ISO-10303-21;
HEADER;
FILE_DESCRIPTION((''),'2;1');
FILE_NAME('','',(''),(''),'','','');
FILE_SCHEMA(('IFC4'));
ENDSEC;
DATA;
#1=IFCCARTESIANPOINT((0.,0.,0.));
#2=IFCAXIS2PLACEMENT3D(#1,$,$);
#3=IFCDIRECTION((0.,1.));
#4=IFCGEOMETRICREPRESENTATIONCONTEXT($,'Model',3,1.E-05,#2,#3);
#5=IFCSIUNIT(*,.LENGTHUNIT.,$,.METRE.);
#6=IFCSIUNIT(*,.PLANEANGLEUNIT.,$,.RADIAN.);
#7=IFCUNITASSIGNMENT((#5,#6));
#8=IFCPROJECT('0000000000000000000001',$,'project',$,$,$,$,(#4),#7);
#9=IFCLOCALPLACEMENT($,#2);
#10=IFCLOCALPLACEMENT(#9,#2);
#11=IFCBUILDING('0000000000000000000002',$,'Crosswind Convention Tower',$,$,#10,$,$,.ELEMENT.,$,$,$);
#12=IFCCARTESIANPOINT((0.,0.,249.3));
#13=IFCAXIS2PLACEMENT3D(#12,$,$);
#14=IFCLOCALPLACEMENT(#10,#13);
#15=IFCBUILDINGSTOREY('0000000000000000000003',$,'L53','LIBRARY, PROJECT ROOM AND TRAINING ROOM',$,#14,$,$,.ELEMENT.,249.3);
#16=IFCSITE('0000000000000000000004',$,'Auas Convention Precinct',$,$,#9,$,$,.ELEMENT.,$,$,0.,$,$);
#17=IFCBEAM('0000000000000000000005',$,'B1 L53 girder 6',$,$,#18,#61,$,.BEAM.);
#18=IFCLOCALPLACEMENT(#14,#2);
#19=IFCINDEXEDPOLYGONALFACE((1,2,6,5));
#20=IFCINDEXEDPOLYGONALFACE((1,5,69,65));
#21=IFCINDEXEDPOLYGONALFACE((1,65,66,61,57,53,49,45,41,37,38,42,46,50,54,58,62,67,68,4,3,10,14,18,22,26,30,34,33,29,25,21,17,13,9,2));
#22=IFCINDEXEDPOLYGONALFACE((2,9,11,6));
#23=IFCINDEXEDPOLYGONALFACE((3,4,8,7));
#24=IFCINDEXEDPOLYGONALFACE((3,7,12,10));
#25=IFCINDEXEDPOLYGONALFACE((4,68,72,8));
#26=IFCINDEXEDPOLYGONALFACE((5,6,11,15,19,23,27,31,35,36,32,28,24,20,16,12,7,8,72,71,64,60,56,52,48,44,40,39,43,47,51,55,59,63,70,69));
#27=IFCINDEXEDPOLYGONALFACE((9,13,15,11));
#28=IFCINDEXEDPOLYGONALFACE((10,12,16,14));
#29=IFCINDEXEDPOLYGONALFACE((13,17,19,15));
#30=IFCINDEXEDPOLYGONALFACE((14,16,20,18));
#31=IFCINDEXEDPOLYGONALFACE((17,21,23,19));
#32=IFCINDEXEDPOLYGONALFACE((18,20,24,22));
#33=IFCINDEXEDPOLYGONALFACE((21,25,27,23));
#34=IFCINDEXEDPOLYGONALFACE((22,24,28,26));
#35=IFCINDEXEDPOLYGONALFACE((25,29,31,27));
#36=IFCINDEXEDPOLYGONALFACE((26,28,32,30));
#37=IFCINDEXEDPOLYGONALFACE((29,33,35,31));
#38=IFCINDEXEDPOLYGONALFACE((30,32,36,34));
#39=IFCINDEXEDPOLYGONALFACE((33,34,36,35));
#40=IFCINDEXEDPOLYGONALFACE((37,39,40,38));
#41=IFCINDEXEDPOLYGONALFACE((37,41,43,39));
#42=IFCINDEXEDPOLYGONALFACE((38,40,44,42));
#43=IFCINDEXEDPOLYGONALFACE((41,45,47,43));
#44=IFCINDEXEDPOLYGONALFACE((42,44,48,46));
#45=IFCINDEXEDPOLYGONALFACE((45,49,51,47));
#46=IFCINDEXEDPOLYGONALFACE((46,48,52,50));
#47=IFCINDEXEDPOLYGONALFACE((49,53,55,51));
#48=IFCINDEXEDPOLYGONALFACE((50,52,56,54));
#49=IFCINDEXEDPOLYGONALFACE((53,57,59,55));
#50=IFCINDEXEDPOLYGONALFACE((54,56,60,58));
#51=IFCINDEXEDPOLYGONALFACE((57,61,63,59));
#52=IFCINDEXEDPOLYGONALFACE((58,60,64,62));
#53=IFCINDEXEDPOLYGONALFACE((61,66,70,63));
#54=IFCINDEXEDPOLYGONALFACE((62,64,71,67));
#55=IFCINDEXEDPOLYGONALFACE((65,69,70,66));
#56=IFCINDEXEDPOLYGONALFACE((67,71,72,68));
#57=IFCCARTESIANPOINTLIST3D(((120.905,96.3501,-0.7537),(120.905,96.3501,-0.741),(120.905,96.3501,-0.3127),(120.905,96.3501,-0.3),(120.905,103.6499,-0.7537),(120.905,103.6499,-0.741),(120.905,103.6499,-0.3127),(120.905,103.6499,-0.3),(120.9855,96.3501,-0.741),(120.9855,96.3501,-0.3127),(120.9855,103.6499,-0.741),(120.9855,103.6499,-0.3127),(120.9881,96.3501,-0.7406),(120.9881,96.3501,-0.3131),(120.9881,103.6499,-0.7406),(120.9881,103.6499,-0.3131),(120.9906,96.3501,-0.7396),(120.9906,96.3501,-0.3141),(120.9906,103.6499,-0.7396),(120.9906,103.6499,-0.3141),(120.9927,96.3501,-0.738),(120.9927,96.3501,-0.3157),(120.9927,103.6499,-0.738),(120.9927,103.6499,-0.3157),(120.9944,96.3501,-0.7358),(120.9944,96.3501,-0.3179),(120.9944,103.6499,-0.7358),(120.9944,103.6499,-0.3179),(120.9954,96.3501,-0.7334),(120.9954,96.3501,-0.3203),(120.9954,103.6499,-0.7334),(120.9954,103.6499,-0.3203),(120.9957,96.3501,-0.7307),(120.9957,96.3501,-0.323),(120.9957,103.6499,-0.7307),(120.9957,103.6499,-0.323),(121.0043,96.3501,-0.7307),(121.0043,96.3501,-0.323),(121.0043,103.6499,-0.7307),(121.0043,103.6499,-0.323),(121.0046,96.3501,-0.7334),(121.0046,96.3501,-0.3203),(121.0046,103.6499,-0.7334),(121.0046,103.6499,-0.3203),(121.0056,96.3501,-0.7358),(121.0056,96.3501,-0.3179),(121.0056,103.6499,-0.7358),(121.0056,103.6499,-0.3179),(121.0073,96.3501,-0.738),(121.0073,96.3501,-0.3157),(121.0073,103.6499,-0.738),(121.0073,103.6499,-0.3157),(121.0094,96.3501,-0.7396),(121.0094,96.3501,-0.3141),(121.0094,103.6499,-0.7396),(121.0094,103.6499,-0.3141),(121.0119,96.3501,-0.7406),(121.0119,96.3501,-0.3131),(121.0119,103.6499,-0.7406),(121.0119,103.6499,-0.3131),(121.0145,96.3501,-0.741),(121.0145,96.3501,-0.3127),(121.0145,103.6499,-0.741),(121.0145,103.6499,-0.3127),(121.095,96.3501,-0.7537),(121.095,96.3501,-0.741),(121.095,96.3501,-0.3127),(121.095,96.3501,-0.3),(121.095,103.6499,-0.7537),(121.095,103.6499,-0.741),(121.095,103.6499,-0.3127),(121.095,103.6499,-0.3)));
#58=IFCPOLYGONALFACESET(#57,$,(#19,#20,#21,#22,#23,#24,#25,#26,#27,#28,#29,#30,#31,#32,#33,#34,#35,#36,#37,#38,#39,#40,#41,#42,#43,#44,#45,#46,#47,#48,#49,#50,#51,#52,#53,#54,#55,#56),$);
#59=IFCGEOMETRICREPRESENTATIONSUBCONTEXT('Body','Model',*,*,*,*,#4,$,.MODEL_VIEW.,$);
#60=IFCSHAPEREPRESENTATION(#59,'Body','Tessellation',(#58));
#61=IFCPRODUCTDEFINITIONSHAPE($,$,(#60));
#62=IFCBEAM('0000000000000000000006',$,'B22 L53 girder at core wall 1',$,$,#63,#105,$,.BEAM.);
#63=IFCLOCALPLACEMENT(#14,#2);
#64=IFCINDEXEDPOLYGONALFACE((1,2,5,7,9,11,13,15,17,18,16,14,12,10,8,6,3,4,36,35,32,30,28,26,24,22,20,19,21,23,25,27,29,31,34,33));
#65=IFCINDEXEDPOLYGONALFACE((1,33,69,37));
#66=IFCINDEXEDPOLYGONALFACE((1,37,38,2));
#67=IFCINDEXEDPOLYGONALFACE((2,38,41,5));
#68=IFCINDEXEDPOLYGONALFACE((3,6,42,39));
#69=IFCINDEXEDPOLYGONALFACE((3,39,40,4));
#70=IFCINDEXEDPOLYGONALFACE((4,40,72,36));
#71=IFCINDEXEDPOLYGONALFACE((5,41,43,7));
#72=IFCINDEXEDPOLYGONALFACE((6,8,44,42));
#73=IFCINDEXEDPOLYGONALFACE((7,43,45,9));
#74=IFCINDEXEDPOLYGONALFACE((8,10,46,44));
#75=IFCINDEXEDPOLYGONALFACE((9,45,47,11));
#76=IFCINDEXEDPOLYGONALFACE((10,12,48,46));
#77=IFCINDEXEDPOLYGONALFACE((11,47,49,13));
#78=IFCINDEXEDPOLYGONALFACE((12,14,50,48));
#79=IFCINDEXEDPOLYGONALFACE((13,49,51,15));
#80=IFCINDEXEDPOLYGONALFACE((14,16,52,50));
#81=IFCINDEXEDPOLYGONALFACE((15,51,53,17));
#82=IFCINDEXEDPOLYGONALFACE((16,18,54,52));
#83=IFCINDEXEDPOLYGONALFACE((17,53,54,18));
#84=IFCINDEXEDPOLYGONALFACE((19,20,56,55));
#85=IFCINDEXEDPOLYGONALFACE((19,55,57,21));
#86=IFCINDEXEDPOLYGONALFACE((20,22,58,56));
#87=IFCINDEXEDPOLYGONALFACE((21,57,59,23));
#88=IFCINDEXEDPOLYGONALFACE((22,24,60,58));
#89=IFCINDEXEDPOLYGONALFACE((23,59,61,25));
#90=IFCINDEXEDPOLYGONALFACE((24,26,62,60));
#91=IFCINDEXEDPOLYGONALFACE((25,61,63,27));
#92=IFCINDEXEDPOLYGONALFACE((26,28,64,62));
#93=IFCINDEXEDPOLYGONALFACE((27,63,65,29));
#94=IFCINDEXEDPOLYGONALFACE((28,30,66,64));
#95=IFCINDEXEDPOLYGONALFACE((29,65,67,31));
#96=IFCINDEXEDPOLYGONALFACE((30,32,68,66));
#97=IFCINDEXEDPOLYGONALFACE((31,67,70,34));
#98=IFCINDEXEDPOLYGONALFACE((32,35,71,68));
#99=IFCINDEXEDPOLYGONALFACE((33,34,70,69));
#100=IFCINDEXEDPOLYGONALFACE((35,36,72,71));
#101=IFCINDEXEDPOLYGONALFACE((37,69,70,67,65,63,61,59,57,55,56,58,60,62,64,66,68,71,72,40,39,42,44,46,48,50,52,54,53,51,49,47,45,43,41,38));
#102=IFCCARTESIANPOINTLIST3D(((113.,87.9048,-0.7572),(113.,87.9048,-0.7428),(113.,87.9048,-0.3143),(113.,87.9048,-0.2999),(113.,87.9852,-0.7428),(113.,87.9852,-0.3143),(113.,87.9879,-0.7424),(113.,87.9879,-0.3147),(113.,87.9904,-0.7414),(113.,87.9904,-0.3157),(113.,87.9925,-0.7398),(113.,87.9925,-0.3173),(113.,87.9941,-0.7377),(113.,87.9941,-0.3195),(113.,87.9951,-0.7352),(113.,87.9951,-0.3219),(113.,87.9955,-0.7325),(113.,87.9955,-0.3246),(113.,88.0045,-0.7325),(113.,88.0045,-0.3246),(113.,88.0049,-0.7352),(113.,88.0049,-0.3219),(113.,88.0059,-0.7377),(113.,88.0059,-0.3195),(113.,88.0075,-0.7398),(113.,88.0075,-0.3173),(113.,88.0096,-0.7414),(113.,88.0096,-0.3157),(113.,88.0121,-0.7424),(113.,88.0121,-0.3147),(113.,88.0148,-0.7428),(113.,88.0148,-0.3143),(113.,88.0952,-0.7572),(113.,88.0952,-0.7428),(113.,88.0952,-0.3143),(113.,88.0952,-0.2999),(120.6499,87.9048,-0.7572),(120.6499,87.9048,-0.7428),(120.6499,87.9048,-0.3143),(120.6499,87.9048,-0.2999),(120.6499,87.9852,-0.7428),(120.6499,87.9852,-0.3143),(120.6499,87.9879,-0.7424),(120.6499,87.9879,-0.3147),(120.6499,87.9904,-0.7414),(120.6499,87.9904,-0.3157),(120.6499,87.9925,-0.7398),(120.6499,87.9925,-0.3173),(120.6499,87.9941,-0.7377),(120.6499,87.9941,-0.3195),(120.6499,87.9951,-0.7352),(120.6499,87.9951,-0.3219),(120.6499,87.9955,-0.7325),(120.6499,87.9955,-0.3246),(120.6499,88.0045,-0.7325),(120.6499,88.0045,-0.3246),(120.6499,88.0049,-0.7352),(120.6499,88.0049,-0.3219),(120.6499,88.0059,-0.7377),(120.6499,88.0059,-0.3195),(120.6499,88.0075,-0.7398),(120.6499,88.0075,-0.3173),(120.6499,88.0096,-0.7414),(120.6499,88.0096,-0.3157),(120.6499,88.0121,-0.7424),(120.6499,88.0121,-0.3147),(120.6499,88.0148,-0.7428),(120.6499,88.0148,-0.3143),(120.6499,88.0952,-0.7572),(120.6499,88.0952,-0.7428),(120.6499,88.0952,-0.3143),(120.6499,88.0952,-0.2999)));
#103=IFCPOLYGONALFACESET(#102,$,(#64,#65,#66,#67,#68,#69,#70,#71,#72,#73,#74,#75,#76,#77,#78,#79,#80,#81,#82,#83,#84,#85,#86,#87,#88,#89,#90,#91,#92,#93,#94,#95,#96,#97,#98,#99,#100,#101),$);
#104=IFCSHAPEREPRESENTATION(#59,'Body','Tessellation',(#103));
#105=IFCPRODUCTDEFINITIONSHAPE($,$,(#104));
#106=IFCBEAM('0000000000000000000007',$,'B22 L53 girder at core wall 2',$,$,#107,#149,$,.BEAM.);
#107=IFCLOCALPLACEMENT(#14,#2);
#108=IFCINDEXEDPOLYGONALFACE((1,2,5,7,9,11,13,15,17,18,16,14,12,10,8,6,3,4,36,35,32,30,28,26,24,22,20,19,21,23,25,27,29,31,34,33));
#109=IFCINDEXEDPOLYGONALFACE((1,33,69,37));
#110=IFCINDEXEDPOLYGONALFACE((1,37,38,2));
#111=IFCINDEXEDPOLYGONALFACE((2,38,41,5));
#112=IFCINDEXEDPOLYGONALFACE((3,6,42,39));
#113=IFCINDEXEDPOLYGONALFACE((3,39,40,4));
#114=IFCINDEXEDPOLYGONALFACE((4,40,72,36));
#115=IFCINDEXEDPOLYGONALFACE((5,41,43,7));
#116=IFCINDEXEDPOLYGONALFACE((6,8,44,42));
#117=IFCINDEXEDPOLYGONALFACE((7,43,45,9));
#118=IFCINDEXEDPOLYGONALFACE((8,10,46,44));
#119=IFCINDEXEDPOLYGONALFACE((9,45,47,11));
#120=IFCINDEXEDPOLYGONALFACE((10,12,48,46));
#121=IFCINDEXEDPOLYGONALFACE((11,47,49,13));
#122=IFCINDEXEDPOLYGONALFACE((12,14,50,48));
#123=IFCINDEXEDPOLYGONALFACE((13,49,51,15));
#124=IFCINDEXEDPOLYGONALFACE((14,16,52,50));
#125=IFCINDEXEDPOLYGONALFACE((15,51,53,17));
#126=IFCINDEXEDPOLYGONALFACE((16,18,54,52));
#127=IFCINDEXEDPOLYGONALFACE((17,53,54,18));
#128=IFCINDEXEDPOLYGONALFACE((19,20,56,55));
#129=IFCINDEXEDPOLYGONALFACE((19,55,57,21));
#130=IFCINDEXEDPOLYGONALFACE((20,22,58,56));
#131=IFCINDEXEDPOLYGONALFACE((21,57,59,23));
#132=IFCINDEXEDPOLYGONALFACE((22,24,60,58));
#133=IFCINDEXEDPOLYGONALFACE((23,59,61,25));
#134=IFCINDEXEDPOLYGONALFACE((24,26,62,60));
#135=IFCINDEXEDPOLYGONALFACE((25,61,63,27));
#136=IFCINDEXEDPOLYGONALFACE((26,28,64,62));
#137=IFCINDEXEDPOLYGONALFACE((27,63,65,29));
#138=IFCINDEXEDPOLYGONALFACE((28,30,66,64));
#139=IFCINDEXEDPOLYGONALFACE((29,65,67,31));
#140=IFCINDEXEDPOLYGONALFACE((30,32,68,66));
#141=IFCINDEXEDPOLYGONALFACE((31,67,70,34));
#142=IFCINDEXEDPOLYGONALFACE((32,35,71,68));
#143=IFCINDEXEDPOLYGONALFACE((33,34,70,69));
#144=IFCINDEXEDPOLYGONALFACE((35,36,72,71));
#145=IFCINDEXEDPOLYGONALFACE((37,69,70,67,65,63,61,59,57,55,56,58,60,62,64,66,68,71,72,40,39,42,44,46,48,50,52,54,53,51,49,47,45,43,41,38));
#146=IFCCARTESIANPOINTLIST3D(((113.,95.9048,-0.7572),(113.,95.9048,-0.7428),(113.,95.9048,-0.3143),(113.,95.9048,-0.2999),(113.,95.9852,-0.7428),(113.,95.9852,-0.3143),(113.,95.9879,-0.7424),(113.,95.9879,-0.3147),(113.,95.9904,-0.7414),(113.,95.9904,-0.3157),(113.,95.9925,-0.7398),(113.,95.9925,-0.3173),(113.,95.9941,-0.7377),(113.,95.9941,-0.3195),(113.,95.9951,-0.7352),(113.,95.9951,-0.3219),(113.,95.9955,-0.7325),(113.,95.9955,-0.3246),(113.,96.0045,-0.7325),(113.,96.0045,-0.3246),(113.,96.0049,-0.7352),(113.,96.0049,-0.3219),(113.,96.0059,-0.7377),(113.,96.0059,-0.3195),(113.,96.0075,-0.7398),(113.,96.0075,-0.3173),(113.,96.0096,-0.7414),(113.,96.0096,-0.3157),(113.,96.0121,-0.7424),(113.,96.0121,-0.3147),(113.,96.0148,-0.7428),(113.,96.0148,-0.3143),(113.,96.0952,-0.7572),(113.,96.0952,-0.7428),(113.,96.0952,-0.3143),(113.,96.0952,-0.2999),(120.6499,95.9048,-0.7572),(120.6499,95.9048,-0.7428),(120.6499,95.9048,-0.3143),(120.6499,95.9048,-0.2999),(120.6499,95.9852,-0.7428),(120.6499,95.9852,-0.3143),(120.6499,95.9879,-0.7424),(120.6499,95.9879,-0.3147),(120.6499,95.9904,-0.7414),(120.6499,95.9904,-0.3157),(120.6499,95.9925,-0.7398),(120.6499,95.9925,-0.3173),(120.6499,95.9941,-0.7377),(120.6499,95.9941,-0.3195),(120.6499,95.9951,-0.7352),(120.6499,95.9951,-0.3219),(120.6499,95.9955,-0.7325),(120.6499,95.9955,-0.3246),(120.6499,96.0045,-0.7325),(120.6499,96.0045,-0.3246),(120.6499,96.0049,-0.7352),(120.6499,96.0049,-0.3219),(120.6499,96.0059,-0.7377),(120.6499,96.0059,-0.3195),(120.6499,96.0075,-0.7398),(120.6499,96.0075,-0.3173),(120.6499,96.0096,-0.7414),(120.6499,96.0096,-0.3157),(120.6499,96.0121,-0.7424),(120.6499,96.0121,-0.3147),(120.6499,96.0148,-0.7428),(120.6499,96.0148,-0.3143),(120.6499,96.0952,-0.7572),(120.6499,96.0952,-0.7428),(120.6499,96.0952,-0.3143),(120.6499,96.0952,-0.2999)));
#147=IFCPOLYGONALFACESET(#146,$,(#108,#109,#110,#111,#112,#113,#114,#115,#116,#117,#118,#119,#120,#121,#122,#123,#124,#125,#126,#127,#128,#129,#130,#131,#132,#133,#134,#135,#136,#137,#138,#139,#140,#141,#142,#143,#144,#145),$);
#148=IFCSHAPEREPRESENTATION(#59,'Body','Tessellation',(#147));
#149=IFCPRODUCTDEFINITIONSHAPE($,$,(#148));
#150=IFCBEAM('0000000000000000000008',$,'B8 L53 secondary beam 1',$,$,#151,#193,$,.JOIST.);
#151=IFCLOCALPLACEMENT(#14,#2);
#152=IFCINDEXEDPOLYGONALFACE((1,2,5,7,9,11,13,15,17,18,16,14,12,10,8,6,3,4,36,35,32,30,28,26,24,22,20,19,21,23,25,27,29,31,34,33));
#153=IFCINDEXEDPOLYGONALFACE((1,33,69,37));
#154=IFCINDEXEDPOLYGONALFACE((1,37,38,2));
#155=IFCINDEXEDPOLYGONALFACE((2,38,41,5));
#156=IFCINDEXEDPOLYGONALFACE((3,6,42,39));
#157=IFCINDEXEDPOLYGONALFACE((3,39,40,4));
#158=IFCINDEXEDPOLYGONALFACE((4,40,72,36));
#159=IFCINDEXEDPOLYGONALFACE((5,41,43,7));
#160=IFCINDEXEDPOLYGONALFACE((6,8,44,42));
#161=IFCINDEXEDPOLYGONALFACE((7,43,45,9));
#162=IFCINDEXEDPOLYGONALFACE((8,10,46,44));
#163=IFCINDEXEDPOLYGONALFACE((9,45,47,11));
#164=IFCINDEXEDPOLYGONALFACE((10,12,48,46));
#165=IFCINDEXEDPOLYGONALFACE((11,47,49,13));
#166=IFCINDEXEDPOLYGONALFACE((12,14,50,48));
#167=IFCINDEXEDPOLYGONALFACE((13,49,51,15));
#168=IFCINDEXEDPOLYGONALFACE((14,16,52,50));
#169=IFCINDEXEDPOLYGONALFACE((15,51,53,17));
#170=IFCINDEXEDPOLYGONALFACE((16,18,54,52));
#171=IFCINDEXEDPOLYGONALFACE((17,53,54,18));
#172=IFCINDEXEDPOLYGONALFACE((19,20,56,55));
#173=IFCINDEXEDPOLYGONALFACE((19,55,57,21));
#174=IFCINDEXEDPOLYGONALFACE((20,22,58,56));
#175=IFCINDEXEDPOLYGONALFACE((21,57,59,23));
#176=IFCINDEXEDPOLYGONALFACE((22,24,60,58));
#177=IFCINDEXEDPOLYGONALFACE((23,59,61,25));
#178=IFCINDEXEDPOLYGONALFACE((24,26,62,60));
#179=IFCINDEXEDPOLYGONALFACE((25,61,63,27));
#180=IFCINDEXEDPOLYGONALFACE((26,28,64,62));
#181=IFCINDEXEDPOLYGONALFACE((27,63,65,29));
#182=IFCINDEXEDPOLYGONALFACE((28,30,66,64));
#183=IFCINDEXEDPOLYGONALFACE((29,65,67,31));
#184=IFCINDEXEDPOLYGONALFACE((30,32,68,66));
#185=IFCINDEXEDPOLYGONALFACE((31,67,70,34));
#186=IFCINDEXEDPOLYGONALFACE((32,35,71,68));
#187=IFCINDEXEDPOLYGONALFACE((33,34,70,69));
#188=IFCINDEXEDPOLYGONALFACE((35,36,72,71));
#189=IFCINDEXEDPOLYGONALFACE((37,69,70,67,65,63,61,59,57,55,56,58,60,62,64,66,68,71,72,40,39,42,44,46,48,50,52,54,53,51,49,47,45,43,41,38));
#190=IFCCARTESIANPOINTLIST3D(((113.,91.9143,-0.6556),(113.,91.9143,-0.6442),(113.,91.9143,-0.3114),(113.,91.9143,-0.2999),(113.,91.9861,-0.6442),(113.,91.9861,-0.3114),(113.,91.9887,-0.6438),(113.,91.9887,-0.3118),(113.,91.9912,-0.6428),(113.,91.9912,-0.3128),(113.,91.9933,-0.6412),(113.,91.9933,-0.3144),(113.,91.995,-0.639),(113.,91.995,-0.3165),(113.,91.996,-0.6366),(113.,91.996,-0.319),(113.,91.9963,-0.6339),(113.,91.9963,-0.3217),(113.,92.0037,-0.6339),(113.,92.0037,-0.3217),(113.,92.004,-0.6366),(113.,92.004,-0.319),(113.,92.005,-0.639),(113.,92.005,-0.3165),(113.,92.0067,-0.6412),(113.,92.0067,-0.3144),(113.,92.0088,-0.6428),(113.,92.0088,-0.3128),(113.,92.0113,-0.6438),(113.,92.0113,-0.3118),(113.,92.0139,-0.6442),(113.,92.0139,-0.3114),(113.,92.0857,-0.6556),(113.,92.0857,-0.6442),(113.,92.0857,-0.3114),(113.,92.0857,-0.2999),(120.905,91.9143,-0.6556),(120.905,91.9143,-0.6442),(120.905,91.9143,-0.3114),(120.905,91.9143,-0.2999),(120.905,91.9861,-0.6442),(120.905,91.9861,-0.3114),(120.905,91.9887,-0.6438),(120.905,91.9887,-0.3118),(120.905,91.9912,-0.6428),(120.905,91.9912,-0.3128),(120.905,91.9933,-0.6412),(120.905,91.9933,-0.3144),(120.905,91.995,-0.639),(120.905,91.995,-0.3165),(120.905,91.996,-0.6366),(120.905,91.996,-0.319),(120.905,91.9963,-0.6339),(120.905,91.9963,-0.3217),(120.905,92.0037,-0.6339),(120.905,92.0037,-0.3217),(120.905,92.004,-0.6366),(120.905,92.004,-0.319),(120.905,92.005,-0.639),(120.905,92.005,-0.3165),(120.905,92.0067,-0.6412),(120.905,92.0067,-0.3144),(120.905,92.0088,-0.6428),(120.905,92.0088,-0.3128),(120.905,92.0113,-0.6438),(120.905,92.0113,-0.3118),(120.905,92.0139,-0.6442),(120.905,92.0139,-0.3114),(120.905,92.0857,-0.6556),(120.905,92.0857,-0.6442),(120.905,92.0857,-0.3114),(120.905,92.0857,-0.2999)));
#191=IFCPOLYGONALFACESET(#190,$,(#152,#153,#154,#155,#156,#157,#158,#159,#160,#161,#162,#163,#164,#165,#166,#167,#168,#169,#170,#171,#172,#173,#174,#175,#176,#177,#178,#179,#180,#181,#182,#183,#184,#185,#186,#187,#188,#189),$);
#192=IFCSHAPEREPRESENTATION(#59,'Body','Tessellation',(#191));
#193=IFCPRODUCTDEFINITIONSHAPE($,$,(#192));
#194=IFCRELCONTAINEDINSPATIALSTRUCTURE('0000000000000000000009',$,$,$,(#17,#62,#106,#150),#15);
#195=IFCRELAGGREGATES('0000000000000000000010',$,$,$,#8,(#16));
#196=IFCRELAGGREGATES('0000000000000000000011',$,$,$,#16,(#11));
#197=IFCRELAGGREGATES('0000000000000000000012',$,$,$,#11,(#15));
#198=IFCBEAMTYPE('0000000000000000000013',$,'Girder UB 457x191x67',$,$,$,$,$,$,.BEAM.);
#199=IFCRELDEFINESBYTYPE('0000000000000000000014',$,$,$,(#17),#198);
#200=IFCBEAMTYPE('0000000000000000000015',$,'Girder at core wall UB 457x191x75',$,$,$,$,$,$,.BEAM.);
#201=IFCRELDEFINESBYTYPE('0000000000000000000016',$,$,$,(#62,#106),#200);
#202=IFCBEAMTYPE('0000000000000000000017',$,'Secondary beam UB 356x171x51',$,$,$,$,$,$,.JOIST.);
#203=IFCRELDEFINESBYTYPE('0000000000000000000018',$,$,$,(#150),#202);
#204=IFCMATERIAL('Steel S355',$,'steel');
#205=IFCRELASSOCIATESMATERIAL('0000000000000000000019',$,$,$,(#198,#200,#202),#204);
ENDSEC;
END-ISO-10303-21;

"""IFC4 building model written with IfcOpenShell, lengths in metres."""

from ifc_helpers import new_model, si_unit, direction, frame, origin, origin_2d, place, context, subcontext, project, spatial, i_section, extrude, material, material_profile, profile_set, type_object, element, save


model = new_model("IFC4")

# Units and contexts
model_context = context("Model", 3, precision=1e-05, world=origin(), true_north=direction((0.0, 1.0)))
body_context = subcontext(model_context, "Body", "Model", "MODEL_VIEW")
ifc_project = project(units=[si_unit("LENGTHUNIT", "METRE"), si_unit("PLANEANGLEUNIT", "RADIAN")], contexts=[model_context])

# Site, building, storey
site_placement = place(None, origin())
site = spatial("IfcSite", under=ifc_project, at=site_placement, Name="Auas Convention Precinct", CompositionType="ELEMENT", RefElevation=0.0)
building_placement = place(site_placement, origin())
building = spatial("IfcBuilding", under=site, at=building_placement, Name="Crosswind Convention Tower", CompositionType="ELEMENT")
storey_placement = place(building_placement, frame((0.0, 0.0, 249.3)))
storey = spatial("IfcBuildingStorey", under=building, at=storey_placement, Name="L53", Description="LIBRARY, PROJECT ROOM AND TRAINING ROOM", CompositionType="ELEMENT", Elevation=249.3)

# Beams
ifc_material_1 = material(Name="Steel S355", Category="steel")
ifc_material_profile_1 = material_profile(ifc_material_1, i_section(OverallWidth=0.1899, OverallDepth=0.4536, WebThickness=0.0085, FlangeThickness=0.0127, FilletRadius=0.0103, at=origin_2d()), Name="UB 457x191x67")
ifc_profile_set_1 = profile_set([ifc_material_profile_1], Name="Steel S355")
beam_type_1 = type_object("IfcBeamType", Name="Girder UB 457x191x67", PredefinedType="BEAM", material=ifc_profile_set_1)
for number, where, z_axis, x_axis, name in (
    (1, (121.0, 96.3501, -0.5269), (0.0, 1.0, 0.0), (-1.0, 0.0, 0.0), "B1 L53 girder 6"),
):
    element("IfcBeam", number, at=place(storey_placement, frame(where, z_axis=z_axis, x_axis=x_axis)), inside=storey, type_object=beam_type_1, Name=name, PredefinedType="BEAM", context=body_context, shape_type="SweptSolid", body=[
        extrude(i_section(OverallWidth=0.1899, OverallDepth=0.4536, WebThickness=0.0085, FlangeThickness=0.0127, FilletRadius=0.0103, at=origin_2d()), origin(), (0.0, 0.0, 1.0), 7.2998),
    ])
ifc_material_profile_2 = material_profile(ifc_material_1, i_section(OverallWidth=0.1904, OverallDepth=0.4573, WebThickness=0.009, FlangeThickness=0.0144, FilletRadius=0.0103, at=origin_2d()), Name="UB 457x191x75")
ifc_profile_set_2 = profile_set([ifc_material_profile_2], Name="Steel S355")
beam_type_2 = type_object("IfcBeamType", Name="Girder at core wall UB 457x191x75", PredefinedType="BEAM", material=ifc_profile_set_2)
for number, where, z_axis, x_axis, name in (
    (2, (113.0, 88.0, -0.5286), (1.0, 0.0, 0.0), (0.0, 1.0, 0.0), "B22 L53 girder at core wall 1"),
    (3, (113.0, 96.0, -0.5286), (1.0, 0.0, 0.0), (0.0, 1.0, 0.0), "B22 L53 girder at core wall 2"),
):
    element("IfcBeam", number, at=place(storey_placement, frame(where, z_axis=z_axis, x_axis=x_axis)), inside=storey, type_object=beam_type_2, Name=name, PredefinedType="BEAM", context=body_context, shape_type="SweptSolid", body=[
        extrude(i_section(OverallWidth=0.1904, OverallDepth=0.4573, WebThickness=0.009, FlangeThickness=0.0144, FilletRadius=0.0103, at=origin_2d()), origin(), (0.0, 0.0, 1.0), 7.6499),
    ])
ifc_material_profile_3 = material_profile(ifc_material_1, i_section(OverallWidth=0.1714, OverallDepth=0.3557, WebThickness=0.0073, FlangeThickness=0.0115, FilletRadius=0.0103, at=origin_2d()), Name="UB 356x171x51")
ifc_profile_set_3 = profile_set([ifc_material_profile_3], Name="Steel S355")
beam_type_3 = type_object("IfcBeamType", Name="Secondary beam UB 356x171x51", PredefinedType="JOIST", material=ifc_profile_set_3)
beam_1_placement = place(storey_placement, frame((113.0, 92.0, -0.4778), z_axis=(1.0, 0.0, 0.0), x_axis=(0.0, 1.0, 0.0)))
element("IfcBeam", 4, at=beam_1_placement, inside=storey, type_object=beam_type_3, Name="B8 L53 secondary beam 1", PredefinedType="JOIST", context=body_context, shape_type="SweptSolid", body=[
    extrude(i_section(OverallWidth=0.1714, OverallDepth=0.3557, WebThickness=0.0073, FlangeThickness=0.0115, FilletRadius=0.0103, at=origin_2d()), origin(), (0.0, 0.0, 1.0), 7.905),
])

save(model, "model.ifc")
